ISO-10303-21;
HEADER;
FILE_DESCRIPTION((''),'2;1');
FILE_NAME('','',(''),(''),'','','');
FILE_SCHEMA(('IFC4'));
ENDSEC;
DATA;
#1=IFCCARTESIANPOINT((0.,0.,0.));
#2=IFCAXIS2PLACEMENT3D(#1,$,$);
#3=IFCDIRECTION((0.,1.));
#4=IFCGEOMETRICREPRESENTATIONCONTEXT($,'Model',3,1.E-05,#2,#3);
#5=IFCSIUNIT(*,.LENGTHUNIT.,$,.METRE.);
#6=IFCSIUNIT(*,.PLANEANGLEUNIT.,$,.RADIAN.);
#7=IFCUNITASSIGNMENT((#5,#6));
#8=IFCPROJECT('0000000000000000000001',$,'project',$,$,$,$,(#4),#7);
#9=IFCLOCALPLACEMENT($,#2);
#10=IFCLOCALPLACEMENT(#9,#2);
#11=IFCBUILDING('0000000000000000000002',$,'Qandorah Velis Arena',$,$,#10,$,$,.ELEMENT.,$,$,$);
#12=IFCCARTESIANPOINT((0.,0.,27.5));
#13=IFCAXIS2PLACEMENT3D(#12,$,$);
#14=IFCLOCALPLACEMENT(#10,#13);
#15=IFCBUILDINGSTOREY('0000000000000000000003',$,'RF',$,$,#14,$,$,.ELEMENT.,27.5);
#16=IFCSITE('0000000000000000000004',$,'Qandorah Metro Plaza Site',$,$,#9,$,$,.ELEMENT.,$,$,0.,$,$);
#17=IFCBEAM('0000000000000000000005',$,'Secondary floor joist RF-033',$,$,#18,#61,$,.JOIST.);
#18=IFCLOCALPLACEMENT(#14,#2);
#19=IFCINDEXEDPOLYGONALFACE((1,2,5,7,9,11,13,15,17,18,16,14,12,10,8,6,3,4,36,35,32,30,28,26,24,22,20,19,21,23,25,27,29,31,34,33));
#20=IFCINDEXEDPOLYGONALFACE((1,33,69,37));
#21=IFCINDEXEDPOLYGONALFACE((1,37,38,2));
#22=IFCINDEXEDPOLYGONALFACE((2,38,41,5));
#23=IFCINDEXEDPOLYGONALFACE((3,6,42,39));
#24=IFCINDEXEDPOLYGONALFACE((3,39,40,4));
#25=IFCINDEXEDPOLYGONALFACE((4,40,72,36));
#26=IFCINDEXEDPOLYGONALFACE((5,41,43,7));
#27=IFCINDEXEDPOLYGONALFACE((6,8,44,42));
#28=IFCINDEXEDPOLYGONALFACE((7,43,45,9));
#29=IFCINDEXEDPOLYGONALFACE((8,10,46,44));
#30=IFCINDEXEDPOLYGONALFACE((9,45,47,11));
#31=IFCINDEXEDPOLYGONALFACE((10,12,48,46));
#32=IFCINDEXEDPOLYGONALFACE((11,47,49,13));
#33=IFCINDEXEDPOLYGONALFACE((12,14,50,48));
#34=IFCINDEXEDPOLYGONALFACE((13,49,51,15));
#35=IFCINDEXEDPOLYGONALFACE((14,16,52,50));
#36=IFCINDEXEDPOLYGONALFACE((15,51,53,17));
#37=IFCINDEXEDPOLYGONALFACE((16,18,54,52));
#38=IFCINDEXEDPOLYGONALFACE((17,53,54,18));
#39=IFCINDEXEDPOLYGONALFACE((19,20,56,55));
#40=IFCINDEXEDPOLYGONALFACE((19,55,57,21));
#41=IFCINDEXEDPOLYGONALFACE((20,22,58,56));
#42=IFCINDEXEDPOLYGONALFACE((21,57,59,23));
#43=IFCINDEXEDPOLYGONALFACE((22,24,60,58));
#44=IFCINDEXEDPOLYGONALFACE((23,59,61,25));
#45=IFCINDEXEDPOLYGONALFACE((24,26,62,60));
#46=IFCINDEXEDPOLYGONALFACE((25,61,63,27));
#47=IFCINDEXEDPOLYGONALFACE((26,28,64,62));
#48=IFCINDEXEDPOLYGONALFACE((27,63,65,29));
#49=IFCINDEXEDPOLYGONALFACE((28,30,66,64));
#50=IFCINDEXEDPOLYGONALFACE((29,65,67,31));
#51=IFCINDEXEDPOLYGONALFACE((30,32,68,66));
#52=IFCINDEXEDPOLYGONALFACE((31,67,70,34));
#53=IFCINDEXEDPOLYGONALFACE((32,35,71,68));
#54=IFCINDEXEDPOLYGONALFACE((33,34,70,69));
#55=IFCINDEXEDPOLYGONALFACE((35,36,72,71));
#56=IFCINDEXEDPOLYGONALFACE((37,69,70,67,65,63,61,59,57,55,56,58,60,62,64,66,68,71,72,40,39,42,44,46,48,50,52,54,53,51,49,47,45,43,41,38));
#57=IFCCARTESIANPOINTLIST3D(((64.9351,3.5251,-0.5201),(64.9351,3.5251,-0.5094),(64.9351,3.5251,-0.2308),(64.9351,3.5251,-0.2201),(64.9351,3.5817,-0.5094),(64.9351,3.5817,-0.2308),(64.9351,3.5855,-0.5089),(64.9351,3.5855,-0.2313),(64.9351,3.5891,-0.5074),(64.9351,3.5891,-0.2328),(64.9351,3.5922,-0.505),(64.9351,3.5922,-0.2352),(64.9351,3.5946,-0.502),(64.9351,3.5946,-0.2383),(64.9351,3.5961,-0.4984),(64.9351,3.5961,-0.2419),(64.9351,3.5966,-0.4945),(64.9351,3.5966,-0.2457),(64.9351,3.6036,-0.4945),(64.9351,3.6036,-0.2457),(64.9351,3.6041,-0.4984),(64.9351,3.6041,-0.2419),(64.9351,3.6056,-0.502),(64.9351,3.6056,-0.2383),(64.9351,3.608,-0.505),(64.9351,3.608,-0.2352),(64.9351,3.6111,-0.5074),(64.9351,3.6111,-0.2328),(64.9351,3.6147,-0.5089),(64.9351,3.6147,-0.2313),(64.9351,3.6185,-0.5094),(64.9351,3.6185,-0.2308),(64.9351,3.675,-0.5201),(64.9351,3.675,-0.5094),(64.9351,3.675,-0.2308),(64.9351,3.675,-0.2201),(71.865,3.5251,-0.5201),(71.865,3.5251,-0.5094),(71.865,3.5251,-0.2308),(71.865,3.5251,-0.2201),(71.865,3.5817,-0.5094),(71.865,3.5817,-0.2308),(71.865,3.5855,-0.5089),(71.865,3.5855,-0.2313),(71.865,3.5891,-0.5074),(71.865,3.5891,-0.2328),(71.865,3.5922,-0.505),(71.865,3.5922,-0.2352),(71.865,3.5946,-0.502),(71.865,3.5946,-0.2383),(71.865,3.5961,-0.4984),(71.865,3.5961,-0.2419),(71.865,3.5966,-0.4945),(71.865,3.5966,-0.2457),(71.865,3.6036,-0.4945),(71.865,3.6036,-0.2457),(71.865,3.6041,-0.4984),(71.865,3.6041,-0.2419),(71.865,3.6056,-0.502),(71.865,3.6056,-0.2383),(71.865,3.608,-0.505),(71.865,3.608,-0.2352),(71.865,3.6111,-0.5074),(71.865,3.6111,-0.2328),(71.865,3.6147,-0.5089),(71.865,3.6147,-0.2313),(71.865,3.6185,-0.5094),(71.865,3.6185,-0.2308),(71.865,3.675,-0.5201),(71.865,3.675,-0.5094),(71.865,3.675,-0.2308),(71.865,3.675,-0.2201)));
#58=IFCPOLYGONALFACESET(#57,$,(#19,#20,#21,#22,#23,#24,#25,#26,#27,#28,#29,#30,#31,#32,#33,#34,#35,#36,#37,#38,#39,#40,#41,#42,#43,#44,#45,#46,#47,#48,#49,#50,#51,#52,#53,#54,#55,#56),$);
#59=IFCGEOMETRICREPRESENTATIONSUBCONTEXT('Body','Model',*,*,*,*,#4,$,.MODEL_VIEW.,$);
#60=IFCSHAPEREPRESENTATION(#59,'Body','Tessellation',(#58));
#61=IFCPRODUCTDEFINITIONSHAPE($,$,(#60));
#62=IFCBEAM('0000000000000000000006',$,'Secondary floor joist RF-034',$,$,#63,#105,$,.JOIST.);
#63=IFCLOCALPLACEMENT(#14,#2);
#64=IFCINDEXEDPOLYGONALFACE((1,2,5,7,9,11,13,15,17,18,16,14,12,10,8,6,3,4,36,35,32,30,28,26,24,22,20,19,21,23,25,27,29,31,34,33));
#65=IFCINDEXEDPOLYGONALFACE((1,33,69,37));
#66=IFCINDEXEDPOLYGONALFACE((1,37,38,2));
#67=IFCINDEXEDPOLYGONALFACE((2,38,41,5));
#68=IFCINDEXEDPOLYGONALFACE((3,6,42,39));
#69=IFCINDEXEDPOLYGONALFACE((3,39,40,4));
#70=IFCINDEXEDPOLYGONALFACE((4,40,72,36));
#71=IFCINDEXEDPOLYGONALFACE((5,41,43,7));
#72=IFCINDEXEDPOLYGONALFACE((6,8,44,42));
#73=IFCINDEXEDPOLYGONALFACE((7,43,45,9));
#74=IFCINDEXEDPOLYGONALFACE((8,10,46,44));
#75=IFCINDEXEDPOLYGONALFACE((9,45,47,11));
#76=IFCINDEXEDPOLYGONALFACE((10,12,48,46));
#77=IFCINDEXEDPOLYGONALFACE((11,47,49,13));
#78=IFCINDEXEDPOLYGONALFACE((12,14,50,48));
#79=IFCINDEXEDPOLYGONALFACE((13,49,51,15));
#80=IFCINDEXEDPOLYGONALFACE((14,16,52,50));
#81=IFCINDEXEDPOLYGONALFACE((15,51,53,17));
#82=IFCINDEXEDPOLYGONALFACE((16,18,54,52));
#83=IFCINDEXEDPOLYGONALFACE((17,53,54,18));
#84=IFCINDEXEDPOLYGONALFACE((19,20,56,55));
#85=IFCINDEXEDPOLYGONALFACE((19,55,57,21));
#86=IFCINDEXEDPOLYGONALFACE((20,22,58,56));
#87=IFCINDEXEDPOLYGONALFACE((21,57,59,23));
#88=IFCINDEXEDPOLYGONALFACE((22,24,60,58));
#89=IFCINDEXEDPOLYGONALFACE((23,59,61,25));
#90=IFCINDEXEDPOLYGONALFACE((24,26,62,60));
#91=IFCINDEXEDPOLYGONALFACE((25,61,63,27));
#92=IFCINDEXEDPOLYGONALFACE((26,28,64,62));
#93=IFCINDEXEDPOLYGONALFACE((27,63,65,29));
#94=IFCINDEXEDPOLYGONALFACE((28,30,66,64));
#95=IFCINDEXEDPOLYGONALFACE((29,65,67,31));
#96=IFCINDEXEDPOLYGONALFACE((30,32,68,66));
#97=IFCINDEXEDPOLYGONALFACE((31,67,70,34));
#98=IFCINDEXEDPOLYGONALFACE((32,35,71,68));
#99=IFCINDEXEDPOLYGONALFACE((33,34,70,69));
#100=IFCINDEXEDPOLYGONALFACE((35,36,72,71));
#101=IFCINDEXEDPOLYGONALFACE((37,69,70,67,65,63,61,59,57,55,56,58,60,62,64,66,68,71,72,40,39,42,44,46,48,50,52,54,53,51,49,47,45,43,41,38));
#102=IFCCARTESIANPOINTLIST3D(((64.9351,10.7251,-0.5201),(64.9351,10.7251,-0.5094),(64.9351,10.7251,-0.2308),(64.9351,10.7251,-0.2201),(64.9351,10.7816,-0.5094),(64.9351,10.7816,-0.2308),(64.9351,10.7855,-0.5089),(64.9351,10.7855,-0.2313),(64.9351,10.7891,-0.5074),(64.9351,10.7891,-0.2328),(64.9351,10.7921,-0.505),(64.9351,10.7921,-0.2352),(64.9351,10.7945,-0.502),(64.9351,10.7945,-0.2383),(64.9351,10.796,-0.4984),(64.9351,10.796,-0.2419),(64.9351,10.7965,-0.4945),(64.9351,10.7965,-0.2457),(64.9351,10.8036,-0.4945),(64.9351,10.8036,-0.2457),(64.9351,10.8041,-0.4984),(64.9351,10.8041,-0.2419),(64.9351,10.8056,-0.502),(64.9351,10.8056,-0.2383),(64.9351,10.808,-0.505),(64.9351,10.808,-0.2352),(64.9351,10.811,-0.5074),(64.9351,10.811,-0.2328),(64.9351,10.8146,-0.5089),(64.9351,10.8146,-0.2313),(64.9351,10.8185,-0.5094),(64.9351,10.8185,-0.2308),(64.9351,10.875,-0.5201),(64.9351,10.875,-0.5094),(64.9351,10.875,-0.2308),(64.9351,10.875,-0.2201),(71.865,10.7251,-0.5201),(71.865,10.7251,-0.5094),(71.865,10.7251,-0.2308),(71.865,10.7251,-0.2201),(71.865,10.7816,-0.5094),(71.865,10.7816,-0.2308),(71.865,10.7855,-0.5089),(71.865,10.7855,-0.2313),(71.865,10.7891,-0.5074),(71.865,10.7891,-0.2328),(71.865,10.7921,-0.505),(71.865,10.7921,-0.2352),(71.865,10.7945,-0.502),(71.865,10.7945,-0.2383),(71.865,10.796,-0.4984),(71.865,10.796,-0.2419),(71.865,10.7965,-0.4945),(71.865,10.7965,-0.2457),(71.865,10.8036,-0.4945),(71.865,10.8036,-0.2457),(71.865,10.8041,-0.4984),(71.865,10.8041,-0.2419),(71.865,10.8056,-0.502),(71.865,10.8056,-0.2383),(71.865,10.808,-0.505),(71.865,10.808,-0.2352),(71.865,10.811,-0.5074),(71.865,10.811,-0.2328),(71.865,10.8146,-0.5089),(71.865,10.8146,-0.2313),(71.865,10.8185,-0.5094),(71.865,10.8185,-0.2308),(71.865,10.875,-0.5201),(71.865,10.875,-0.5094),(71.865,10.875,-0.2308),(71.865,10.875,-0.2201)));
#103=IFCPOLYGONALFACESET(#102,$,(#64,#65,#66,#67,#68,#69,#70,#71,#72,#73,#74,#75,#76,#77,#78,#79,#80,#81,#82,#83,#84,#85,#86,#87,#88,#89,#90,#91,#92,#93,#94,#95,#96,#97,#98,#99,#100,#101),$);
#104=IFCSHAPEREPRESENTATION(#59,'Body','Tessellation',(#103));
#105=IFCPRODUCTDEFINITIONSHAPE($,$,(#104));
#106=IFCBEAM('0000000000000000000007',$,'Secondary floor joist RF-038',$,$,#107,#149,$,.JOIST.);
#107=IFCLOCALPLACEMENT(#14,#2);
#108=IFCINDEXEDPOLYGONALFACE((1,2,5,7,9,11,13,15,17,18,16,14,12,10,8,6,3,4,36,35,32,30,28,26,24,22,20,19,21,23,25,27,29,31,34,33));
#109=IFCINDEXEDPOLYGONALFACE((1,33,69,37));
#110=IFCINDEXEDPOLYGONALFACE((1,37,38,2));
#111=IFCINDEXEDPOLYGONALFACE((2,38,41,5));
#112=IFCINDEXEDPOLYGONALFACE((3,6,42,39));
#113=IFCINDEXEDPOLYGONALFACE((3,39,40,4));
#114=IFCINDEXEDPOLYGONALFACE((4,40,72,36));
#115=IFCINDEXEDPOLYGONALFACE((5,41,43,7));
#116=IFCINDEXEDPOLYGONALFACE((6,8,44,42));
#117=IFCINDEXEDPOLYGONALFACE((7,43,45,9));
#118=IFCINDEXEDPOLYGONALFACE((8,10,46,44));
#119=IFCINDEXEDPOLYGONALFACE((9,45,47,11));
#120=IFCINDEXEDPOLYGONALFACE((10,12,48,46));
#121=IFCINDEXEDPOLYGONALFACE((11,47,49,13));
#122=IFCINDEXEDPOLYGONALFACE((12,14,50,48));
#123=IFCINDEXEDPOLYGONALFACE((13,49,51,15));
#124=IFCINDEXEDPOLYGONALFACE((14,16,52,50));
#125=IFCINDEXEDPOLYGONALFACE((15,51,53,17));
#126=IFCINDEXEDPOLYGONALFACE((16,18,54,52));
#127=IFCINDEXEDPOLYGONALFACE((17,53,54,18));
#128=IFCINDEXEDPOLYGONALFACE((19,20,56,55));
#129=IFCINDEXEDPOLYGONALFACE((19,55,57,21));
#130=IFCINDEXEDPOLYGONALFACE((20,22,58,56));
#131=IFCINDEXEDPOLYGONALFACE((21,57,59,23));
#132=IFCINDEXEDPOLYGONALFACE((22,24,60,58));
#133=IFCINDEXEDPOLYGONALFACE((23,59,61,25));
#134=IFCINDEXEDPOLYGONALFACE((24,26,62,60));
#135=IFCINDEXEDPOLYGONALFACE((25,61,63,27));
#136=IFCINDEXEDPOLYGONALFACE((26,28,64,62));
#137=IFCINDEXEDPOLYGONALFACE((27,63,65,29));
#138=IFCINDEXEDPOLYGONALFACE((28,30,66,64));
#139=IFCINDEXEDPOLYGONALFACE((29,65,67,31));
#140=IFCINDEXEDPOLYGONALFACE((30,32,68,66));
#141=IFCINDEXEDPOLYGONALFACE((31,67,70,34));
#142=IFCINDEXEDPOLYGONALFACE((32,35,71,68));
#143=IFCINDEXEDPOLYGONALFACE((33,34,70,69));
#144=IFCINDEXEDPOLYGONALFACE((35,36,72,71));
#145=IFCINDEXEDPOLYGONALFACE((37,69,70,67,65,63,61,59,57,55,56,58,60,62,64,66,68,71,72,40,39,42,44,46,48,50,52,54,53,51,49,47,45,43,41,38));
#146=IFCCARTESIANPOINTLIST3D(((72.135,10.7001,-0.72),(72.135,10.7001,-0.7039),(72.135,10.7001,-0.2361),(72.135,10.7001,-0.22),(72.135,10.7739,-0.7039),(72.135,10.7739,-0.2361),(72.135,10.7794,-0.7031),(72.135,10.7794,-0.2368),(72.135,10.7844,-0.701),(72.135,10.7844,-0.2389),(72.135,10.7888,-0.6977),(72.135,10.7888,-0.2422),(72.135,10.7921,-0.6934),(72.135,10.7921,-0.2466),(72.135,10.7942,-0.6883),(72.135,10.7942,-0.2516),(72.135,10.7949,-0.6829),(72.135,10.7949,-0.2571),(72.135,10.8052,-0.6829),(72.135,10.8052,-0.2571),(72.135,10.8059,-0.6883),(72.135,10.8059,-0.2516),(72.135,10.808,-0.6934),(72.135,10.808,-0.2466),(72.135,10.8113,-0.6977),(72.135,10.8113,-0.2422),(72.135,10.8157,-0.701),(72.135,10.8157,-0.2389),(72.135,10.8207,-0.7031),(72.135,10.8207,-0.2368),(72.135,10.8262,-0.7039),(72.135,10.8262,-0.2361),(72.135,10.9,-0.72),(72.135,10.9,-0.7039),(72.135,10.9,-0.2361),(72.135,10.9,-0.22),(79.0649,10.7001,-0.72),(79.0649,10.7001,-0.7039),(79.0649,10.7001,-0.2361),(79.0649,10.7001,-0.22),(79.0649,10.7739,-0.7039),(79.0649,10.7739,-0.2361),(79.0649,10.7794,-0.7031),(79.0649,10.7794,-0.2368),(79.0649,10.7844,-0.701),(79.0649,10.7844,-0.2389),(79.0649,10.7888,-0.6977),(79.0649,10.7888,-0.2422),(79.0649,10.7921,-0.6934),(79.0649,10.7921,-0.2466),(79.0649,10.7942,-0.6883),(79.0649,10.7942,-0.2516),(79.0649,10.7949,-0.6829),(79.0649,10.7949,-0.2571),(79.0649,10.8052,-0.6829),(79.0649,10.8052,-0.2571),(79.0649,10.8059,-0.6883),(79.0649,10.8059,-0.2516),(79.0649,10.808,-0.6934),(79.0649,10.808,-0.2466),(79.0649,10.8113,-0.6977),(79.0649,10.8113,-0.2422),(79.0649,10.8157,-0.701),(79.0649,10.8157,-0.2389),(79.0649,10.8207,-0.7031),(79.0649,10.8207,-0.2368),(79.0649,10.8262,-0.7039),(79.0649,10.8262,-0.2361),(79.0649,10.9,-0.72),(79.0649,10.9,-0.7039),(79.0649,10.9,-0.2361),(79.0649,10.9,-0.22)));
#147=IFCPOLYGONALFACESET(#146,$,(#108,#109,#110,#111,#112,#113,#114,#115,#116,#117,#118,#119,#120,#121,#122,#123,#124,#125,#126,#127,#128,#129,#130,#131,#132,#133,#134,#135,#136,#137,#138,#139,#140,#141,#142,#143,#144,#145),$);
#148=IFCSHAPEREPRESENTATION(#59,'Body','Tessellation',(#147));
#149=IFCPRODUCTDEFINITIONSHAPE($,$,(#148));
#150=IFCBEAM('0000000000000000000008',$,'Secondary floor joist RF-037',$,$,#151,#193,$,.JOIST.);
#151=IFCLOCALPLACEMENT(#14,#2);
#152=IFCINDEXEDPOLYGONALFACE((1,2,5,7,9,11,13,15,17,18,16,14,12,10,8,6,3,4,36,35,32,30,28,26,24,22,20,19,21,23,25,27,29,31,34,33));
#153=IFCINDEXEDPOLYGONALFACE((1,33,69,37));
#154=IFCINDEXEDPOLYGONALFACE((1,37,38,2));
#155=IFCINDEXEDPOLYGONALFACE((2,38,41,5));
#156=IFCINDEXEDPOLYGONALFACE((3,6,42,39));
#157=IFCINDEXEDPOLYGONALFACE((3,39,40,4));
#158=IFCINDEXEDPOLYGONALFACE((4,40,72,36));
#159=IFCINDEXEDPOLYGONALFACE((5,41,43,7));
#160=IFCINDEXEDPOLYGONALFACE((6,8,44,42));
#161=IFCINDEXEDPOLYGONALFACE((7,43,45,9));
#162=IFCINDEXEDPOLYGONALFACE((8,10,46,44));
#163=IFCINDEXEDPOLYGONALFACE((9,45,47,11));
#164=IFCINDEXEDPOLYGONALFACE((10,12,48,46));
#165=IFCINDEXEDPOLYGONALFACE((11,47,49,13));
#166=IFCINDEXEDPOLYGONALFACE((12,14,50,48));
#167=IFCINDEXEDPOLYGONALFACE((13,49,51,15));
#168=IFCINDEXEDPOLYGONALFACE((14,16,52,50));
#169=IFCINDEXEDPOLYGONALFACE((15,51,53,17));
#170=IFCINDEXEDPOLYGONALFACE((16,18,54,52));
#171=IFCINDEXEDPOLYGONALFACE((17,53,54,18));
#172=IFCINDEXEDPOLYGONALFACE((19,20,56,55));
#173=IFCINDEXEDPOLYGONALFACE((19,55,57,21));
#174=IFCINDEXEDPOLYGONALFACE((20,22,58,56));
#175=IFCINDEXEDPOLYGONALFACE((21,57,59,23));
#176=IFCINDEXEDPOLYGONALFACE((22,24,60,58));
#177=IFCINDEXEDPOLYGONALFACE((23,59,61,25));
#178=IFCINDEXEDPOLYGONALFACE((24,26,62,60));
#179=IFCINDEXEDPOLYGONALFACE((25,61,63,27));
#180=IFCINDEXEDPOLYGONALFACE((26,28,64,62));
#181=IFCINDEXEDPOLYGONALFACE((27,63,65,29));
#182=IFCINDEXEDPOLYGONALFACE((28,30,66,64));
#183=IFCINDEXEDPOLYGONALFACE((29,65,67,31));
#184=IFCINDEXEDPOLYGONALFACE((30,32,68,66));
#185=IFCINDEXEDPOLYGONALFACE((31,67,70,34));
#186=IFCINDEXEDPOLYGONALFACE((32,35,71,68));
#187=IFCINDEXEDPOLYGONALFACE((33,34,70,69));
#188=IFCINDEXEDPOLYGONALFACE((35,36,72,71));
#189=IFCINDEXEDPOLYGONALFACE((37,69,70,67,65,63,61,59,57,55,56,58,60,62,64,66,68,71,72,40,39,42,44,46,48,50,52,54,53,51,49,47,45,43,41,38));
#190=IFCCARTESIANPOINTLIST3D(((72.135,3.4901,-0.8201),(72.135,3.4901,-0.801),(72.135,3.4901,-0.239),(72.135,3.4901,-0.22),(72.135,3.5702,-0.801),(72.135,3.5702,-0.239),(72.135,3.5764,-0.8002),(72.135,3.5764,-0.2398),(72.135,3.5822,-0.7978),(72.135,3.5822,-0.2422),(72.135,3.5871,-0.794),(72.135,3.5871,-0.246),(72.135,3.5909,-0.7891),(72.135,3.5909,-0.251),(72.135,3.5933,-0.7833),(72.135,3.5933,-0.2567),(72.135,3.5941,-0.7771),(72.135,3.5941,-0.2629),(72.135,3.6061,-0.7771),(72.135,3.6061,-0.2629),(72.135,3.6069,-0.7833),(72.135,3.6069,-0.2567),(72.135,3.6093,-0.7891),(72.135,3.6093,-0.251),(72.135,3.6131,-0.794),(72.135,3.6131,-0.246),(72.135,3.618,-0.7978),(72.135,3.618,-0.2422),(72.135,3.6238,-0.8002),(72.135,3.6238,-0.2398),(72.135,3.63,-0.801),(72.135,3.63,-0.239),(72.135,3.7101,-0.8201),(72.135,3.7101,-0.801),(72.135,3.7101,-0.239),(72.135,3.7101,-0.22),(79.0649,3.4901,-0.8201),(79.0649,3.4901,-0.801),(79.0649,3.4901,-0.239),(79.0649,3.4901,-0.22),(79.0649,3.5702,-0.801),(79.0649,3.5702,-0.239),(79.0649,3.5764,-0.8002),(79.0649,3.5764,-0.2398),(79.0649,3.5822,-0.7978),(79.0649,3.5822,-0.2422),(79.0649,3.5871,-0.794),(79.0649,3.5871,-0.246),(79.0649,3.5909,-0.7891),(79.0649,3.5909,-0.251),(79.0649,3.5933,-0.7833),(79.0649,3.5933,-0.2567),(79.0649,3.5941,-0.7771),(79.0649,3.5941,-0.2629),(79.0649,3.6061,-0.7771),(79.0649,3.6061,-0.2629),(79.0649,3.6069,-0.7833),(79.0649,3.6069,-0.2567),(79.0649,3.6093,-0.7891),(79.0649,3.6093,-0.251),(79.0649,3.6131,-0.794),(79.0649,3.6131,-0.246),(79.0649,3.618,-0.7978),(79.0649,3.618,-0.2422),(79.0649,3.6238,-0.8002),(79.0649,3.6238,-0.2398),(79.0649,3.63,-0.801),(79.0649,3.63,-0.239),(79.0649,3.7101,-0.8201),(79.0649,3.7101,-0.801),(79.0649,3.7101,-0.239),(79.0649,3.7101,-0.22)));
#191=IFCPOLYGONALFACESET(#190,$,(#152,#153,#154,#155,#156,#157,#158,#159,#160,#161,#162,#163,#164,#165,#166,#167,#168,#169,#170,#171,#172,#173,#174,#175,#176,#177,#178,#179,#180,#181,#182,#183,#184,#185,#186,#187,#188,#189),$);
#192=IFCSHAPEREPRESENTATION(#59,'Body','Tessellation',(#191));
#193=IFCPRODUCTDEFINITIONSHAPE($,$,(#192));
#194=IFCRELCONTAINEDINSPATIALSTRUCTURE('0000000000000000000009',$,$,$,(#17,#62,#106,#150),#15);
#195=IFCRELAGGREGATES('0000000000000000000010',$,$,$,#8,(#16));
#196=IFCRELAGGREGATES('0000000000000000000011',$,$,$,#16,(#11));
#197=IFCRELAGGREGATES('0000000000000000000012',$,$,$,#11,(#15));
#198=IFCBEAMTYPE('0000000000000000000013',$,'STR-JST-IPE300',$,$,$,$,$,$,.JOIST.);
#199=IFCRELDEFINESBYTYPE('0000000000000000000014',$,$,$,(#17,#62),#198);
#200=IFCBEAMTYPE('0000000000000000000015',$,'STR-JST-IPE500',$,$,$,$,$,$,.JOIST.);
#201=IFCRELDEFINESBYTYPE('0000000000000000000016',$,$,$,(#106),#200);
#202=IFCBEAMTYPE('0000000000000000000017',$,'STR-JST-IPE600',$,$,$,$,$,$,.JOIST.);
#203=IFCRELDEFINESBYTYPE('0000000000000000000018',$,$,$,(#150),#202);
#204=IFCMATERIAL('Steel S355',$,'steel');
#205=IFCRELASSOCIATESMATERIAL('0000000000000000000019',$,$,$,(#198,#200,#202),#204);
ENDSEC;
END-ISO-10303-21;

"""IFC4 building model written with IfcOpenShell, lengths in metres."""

from ifc_helpers import new_model, si_unit, direction, frame, origin, origin_2d, place, context, subcontext, project, spatial, i_section, extrude, material, material_profile, profile_set, type_object, element, save


model = new_model("IFC4")

# Units and contexts
model_context = context("Model", 3, precision=1e-05, world=origin(), true_north=direction((0.0, 1.0)))
body_context = subcontext(model_context, "Body", "Model", "MODEL_VIEW")
ifc_project = project(units=[si_unit("LENGTHUNIT", "METRE"), si_unit("PLANEANGLEUNIT", "RADIAN")], contexts=[model_context])

# Site, building, storey
site_placement = place(None, origin())
site = spatial("IfcSite", under=ifc_project, at=site_placement, Name="Qandorah Metro Plaza Site", CompositionType="ELEMENT", RefElevation=0.0)
building_placement = place(site_placement, origin())
building = spatial("IfcBuilding", under=site, at=building_placement, Name="Qandorah Velis Arena", CompositionType="ELEMENT")
storey_placement = place(building_placement, frame((0.0, 0.0, 27.5)))
storey = spatial("IfcBuildingStorey", under=building, at=storey_placement, Name="RF", CompositionType="ELEMENT", Elevation=27.5)

# Beams
ifc_material_1 = material(Name="Steel S355", Category="steel")
ifc_material_profile_1 = material_profile(ifc_material_1, i_section(OverallWidth=0.1499, OverallDepth=0.3, WebThickness=0.0071, FlangeThickness=0.0107, FilletRadius=0.0149, at=origin_2d()), Name="IPE 300")
ifc_profile_set_1 = profile_set([ifc_material_profile_1], Name="Steel S355")
beam_type_1 = type_object("IfcBeamType", Name="STR-JST-IPE300", PredefinedType="JOIST", material=ifc_profile_set_1)
for number, where, z_axis, x_axis, name in (
    (1, (64.9351, 3.6001, -0.3701), (1.0, 0.0, 0.0), (0.0, 1.0, 0.0), "Secondary floor joist RF-033"),
    (2, (64.9351, 10.8, -0.3701), (1.0, 0.0, 0.0), (0.0, 1.0, 0.0), "Secondary floor joist RF-034"),
):
    element("IfcBeam", number, at=place(storey_placement, frame(where, z_axis=z_axis, x_axis=x_axis)), inside=storey, type_object=beam_type_1, Name=name, PredefinedType="JOIST", context=body_context, shape_type="SweptSolid", body=[
        extrude(i_section(OverallWidth=0.1499, OverallDepth=0.3, WebThickness=0.0071, FlangeThickness=0.0107, FilletRadius=0.0149, at=origin_2d()), origin(), (0.0, 0.0, 1.0), 6.9299),
    ])
ifc_material_profile_2 = material_profile(ifc_material_1, i_section(OverallWidth=0.2, OverallDepth=0.5, WebThickness=0.0103, FlangeThickness=0.0161, FilletRadius=0.021, at=origin_2d()), Name="IPE 500")
ifc_profile_set_2 = profile_set([ifc_material_profile_2], Name="Steel S355")
beam_type_2 = type_object("IfcBeamType", Name="STR-JST-IPE500", PredefinedType="JOIST", material=ifc_profile_set_2)
beam_1_placement = place(storey_placement, frame((72.135, 10.8, -0.47), z_axis=(1.0, 0.0, 0.0), x_axis=(0.0, 1.0, 0.0)))
element("IfcBeam", 3, at=beam_1_placement, inside=storey, type_object=beam_type_2, Name="Secondary floor joist RF-038", PredefinedType="JOIST", context=body_context, shape_type="SweptSolid", body=[
    extrude(i_section(OverallWidth=0.2, OverallDepth=0.5, WebThickness=0.0103, FlangeThickness=0.0161, FilletRadius=0.021, at=origin_2d()), origin(), (0.0, 0.0, 1.0), 6.9299),
])
ifc_material_profile_3 = material_profile(ifc_material_1, i_section(OverallWidth=0.22, OverallDepth=0.6001, WebThickness=0.012, FlangeThickness=0.019, FilletRadius=0.0239, at=origin_2d()), Name="IPE 600")
ifc_profile_set_3 = profile_set([ifc_material_profile_3], Name="Steel S355")
beam_type_3 = type_object("IfcBeamType", Name="STR-JST-IPE600", PredefinedType="JOIST", material=ifc_profile_set_3)
beam_2_placement = place(storey_placement, frame((72.135, 3.6001, -0.52), z_axis=(1.0, 0.0, 0.0), x_axis=(0.0, 1.0, 0.0)))
element("IfcBeam", 4, at=beam_2_placement, inside=storey, type_object=beam_type_3, Name="Secondary floor joist RF-037", PredefinedType="JOIST", context=body_context, shape_type="SweptSolid", body=[
    extrude(i_section(OverallWidth=0.22, OverallDepth=0.6001, WebThickness=0.012, FlangeThickness=0.019, FilletRadius=0.0239, at=origin_2d()), origin(), (0.0, 0.0, 1.0), 6.9299),
])

save(model, "model.ifc")
